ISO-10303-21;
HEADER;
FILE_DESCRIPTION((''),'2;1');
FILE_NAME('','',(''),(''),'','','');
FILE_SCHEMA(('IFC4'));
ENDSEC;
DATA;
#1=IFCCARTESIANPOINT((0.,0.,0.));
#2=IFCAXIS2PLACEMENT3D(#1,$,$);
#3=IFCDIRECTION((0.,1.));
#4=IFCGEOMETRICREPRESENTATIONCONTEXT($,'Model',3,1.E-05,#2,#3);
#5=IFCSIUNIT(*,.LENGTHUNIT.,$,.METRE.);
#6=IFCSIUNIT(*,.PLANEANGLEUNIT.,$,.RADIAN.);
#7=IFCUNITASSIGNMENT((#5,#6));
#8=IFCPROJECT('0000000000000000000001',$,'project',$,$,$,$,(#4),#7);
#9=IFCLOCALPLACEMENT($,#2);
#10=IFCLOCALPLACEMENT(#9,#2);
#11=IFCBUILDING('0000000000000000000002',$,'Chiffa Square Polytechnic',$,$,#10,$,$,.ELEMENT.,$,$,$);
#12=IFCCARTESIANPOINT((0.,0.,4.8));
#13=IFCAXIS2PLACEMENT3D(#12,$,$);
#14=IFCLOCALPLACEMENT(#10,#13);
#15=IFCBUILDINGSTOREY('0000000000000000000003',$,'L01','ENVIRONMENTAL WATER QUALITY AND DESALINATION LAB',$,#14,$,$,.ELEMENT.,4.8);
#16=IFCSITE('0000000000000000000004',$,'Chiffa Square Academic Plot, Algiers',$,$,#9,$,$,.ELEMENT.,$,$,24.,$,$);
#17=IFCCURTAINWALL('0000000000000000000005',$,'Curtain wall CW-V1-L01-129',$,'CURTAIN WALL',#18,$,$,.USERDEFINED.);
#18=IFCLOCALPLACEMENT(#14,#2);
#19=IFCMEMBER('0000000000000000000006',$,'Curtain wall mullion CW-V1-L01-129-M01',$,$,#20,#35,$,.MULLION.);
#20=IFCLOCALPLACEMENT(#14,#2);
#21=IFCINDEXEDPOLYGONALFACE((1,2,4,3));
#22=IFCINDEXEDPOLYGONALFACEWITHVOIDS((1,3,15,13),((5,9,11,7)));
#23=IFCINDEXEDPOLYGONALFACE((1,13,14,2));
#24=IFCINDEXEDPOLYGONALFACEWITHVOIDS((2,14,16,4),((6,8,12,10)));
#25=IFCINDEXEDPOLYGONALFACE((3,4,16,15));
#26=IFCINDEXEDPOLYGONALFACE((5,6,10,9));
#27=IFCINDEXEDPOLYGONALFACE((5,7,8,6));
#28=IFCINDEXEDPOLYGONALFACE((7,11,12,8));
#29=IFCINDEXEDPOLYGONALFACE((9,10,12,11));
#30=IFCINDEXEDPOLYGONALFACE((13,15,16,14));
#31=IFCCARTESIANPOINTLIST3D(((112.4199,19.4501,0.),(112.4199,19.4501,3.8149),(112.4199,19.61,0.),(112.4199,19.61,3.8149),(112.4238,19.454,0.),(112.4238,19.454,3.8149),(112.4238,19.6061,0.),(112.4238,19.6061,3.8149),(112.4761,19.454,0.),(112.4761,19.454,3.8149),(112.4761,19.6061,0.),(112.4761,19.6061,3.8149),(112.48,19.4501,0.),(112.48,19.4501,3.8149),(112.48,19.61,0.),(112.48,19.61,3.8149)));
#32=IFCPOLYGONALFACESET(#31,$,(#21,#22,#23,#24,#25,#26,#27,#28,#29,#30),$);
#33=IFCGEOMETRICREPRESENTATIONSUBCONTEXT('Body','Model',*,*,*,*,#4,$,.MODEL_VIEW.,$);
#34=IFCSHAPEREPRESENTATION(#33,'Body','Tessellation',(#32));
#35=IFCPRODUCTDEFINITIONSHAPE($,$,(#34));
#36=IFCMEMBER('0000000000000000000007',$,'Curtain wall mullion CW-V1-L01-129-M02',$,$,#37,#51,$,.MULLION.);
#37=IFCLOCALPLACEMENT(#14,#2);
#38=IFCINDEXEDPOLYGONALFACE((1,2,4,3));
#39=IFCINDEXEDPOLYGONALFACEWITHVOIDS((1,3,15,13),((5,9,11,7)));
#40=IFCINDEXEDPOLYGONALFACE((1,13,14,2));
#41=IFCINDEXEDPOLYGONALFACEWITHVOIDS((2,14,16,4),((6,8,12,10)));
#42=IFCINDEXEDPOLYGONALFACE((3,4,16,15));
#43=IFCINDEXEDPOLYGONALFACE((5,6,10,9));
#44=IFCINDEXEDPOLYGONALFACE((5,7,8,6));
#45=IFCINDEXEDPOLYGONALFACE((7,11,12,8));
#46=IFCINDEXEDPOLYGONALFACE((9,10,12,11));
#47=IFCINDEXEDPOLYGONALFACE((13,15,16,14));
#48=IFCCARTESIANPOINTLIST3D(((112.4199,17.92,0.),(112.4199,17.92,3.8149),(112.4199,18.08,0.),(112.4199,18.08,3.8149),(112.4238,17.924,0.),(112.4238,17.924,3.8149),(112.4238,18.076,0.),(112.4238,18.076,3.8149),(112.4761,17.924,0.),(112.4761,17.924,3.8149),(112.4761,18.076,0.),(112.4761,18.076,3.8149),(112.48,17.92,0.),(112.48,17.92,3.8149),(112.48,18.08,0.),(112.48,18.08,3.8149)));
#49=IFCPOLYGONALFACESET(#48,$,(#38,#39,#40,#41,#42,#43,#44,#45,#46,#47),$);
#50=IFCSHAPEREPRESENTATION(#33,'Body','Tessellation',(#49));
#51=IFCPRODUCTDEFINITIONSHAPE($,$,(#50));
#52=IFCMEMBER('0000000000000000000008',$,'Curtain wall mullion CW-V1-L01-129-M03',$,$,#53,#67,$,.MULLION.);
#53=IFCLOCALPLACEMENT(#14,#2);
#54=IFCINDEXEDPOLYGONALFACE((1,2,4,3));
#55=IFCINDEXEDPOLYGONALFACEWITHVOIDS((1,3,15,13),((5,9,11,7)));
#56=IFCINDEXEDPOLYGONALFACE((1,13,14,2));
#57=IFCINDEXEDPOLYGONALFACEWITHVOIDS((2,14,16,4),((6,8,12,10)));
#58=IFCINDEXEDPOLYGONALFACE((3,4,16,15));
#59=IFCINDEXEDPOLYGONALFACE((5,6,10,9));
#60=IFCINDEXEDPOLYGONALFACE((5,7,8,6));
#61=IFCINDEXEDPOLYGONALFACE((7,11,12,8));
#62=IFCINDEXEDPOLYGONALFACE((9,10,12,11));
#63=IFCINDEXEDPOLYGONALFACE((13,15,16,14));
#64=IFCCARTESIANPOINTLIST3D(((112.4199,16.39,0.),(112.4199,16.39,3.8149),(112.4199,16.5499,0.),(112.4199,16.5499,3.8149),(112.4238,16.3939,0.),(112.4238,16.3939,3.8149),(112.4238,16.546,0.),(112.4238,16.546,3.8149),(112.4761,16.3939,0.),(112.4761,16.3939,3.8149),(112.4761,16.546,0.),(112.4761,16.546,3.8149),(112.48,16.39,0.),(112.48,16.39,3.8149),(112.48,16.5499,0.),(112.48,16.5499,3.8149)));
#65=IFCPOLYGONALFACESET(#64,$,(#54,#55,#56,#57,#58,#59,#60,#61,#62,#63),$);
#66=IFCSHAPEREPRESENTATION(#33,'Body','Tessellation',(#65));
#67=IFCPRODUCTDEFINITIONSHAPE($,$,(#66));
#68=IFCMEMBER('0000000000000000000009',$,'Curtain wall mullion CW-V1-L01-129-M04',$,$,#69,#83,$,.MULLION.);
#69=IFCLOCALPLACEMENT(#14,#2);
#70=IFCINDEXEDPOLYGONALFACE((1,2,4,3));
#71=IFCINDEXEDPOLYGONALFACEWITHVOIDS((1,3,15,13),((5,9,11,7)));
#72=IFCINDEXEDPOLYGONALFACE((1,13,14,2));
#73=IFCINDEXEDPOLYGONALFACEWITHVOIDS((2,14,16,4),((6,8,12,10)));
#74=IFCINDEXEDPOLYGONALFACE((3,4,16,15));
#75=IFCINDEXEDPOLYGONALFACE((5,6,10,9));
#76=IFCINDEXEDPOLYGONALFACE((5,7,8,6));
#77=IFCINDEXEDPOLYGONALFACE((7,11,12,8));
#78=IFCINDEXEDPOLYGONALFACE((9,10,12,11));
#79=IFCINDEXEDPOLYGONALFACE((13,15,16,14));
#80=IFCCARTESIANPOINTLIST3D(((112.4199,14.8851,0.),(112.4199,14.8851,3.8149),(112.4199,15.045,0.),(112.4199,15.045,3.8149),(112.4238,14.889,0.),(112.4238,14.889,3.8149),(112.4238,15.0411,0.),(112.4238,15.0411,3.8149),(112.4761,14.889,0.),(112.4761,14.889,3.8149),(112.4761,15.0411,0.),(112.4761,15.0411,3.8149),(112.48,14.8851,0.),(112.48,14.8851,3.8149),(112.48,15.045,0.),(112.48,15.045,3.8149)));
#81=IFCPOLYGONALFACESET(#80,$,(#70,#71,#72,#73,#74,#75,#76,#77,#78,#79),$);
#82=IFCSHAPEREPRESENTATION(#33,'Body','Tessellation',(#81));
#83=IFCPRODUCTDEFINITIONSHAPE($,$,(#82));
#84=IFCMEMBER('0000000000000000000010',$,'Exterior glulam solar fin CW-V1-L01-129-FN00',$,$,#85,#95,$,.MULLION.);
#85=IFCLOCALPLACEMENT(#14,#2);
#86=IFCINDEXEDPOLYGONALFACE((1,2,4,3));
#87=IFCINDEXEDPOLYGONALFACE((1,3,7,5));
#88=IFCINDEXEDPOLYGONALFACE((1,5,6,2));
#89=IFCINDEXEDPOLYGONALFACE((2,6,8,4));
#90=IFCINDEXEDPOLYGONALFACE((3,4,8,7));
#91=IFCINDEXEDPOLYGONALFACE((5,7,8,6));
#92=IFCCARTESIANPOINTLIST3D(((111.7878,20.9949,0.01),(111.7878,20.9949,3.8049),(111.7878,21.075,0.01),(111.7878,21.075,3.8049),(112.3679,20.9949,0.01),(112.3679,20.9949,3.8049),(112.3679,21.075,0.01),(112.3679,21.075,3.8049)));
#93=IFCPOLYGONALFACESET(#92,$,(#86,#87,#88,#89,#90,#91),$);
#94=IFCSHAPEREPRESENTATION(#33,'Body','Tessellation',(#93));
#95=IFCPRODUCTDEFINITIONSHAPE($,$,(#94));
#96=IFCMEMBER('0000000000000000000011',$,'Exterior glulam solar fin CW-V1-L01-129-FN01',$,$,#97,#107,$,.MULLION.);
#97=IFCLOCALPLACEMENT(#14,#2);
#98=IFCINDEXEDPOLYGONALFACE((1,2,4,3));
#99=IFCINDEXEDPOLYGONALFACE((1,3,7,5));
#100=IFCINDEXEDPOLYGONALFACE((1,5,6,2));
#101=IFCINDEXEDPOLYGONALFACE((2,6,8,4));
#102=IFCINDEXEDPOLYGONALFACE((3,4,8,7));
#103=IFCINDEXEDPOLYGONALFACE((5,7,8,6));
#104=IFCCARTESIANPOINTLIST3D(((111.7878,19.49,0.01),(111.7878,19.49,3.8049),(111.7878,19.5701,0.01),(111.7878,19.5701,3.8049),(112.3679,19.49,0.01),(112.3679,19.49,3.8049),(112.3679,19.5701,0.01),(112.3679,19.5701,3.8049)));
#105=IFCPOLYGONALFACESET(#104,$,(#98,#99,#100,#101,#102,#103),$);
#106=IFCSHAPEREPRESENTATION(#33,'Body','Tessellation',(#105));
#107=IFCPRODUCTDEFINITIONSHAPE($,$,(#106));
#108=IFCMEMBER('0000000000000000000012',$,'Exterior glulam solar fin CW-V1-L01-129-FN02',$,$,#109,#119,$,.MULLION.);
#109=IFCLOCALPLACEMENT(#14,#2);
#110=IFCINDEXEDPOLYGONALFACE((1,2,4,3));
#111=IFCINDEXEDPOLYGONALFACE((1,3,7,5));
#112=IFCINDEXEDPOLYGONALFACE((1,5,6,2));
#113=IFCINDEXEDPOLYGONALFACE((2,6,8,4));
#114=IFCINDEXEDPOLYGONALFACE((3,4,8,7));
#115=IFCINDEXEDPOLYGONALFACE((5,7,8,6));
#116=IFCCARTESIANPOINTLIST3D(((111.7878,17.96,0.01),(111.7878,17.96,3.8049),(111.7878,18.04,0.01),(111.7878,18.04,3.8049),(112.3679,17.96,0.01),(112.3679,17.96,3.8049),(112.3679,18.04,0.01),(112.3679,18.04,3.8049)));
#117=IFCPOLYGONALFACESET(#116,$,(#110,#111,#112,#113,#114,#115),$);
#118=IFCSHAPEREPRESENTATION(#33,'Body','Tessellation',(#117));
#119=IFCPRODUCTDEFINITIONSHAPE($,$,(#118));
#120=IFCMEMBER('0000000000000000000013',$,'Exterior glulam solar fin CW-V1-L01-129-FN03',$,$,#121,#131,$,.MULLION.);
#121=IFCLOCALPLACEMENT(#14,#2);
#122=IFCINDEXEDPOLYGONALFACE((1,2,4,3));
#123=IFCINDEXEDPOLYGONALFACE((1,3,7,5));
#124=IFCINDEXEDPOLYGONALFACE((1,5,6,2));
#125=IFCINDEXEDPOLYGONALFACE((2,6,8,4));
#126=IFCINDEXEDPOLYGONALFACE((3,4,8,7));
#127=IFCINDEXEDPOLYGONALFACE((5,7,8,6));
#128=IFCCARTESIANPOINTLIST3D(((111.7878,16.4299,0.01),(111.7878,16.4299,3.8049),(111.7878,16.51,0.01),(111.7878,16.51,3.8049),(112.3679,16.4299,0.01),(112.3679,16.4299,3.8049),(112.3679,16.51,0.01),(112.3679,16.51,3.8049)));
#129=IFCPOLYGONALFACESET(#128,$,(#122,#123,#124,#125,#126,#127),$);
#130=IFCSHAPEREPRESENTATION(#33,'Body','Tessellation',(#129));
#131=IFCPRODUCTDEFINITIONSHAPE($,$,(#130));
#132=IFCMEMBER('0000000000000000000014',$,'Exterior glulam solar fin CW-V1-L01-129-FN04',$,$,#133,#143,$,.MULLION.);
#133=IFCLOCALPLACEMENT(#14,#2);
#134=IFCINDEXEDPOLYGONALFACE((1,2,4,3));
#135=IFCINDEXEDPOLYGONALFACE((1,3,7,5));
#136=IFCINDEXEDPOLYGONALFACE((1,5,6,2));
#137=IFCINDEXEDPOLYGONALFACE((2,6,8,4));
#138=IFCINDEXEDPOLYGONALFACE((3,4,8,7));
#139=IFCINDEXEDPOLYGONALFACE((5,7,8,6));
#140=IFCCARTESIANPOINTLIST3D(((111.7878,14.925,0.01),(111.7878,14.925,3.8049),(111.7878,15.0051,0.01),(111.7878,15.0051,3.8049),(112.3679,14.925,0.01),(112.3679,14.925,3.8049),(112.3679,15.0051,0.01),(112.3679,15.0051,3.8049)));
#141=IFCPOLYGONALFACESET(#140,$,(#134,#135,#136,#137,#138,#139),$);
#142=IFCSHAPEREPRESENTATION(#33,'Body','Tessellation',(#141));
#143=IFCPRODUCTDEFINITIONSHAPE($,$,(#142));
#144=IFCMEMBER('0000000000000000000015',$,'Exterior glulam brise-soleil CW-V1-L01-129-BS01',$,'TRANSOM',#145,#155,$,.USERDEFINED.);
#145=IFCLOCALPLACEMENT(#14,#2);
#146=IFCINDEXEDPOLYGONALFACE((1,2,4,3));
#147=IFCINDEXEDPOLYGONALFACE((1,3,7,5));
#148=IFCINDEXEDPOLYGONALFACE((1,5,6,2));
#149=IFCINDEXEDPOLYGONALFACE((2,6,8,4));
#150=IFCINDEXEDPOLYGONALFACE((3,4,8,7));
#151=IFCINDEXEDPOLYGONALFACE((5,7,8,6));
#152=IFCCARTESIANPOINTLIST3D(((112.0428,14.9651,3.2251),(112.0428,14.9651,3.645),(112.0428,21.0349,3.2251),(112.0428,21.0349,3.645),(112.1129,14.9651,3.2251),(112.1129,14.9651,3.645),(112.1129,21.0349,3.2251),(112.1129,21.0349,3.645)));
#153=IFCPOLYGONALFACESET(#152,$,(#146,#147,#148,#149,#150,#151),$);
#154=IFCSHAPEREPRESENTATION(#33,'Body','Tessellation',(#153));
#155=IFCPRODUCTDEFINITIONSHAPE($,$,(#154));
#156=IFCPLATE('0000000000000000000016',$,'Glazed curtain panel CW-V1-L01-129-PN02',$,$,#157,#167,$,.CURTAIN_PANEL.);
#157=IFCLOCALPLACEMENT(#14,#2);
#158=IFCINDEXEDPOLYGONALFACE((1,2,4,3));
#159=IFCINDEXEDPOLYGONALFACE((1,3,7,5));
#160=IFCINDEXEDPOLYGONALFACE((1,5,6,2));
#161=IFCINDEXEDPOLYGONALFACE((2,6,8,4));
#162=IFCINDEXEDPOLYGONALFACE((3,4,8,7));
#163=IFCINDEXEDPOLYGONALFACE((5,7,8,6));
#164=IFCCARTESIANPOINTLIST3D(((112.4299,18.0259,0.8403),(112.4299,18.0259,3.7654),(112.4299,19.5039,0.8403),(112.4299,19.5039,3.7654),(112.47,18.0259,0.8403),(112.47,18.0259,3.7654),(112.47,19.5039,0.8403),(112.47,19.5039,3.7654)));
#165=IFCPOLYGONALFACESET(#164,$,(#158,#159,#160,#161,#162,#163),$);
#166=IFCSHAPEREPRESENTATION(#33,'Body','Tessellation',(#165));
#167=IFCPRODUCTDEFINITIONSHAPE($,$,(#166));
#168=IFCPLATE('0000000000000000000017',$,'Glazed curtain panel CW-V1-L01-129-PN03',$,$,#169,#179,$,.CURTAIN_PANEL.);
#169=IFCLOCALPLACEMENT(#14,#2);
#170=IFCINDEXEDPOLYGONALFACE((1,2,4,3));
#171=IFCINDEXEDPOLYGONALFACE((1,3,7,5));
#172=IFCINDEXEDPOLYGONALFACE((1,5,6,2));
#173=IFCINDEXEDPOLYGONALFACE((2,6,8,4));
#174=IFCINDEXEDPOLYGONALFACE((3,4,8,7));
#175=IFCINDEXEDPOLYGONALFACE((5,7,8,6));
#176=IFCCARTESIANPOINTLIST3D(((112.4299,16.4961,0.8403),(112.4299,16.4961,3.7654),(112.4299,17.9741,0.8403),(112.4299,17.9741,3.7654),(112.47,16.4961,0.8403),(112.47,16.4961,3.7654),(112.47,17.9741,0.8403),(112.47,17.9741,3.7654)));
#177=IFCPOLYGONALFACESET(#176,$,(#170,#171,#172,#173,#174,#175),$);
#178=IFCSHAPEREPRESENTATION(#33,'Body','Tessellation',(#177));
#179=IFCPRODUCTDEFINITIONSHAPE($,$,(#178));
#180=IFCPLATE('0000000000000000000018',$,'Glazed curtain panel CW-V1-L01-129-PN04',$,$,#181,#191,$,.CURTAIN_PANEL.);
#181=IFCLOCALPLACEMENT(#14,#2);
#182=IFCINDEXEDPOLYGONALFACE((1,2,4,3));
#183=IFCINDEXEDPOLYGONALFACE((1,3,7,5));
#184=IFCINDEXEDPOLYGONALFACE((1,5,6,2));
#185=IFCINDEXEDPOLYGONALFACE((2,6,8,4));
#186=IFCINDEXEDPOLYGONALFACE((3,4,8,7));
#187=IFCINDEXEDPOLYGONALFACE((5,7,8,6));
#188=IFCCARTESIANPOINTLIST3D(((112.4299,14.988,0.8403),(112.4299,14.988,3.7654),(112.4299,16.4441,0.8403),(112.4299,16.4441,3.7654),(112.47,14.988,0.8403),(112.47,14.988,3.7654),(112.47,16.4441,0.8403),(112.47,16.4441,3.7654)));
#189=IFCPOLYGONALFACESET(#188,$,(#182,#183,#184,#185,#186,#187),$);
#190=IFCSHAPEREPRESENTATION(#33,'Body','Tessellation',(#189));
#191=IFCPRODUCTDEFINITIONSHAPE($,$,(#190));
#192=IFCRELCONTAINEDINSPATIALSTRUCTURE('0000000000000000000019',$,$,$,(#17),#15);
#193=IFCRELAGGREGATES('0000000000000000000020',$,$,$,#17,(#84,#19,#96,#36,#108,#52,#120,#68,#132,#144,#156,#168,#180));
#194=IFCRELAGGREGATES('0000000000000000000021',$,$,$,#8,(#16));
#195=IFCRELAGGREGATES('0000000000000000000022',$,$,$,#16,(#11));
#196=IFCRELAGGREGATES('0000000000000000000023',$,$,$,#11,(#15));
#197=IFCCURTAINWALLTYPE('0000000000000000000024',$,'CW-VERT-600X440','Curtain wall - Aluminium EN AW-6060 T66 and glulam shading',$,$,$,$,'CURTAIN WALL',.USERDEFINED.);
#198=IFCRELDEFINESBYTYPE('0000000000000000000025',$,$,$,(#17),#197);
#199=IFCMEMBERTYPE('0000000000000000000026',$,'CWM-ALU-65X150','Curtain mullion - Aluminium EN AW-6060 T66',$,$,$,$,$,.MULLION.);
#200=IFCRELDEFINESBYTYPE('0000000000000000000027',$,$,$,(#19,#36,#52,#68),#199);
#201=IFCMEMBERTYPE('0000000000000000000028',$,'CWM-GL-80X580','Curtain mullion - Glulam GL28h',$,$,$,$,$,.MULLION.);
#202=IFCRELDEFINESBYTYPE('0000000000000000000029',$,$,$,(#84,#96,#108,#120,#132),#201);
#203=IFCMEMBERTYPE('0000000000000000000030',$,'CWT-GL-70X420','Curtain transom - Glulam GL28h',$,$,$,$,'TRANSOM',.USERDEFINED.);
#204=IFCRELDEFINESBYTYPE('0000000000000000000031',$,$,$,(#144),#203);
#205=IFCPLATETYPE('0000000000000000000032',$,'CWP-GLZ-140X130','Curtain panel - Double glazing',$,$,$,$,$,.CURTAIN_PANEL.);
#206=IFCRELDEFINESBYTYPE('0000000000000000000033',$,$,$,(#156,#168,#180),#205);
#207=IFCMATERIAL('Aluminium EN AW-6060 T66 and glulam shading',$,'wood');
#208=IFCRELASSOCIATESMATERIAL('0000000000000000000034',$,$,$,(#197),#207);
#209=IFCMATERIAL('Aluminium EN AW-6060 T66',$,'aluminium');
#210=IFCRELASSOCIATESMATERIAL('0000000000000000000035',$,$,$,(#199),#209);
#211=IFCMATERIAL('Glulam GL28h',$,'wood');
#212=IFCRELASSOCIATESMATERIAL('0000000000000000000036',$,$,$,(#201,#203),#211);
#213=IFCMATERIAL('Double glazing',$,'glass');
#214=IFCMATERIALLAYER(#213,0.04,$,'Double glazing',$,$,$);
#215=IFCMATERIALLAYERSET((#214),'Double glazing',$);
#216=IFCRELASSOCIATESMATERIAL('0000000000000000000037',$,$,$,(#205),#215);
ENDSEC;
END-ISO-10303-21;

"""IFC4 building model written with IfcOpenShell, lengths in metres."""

from ifc_helpers import new_model, si_unit, direction, frame, origin, origin_2d, place, context, subcontext, project, spatial, rectangle, hollow_rectangle, extrude, material, layer, layer_set, material_profile, profile_set, type_object, element, aggregate, save


model = new_model("IFC4")

# Units and contexts
model_context = context("Model", 3, precision=1e-05, world=origin(), true_north=direction((0.0, 1.0)))
body_context = subcontext(model_context, "Body", "Model", "MODEL_VIEW")
ifc_project = project(units=[si_unit("LENGTHUNIT", "METRE"), si_unit("PLANEANGLEUNIT", "RADIAN")], contexts=[model_context])

# Site, building, storey
site_placement = place(None, origin())
site = spatial("IfcSite", under=ifc_project, at=site_placement, Name="Chiffa Square Academic Plot, Algiers", CompositionType="ELEMENT", RefElevation=24.0)
building_placement = place(site_placement, origin())
building = spatial("IfcBuilding", under=site, at=building_placement, Name="Chiffa Square Polytechnic", CompositionType="ELEMENT")
storey_placement = place(building_placement, frame((0.0, 0.0, 4.8)))
storey = spatial("IfcBuildingStorey", under=building, at=storey_placement, Name="L01", Description="ENVIRONMENTAL WATER QUALITY AND DESALINATION LAB", CompositionType="ELEMENT", Elevation=4.8)

# Curtain wall, members, plates
ifc_material_1 = material(Name="Aluminium EN AW-6060 T66 and glulam shading", Category="wood")
curtain_wall_type = type_object("IfcCurtainWallType", Name="CW-VERT-600X440", Description="Curtain wall - Aluminium EN AW-6060 T66 and glulam shading", ElementType="CURTAIN WALL", PredefinedType="USERDEFINED", material=ifc_material_1)
curtain_wall_placement = place(storey_placement, origin())
curtain_wall = element("IfcCurtainWall", 1, at=curtain_wall_placement, inside=storey, type_object=curtain_wall_type, Name="Curtain wall CW-V1-L01-129", ObjectType="CURTAIN WALL", PredefinedType="USERDEFINED")
ifc_material_2 = material(Name="Aluminium EN AW-6060 T66", Category="aluminium")
ifc_material_profile_1 = material_profile(ifc_material_2, hollow_rectangle(XDim=0.0601, YDim=0.1599, WallThickness=0.0039, at=origin_2d()), Name="ALU 60x160x4")
ifc_profile_set_1 = profile_set([ifc_material_profile_1], Name="Aluminium EN AW-6060 T66")
member_type_1 = type_object("IfcMemberType", Name="CWM-ALU-65X150", Description="Curtain mullion - Aluminium EN AW-6060 T66", PredefinedType="MULLION", material=ifc_profile_set_1)
member_1_placement = place(storey_placement, frame((112.45, 19.53, 0.0), z_axis=(0.0, 0.0, 1.0), x_axis=(1.0, 0.0, 0.0)))
member_1 = element("IfcMember", 2, at=member_1_placement, type_object=member_type_1, Name="Curtain wall mullion CW-V1-L01-129-M01", PredefinedType="MULLION", context=body_context, shape_type="SweptSolid", body=[
    extrude(hollow_rectangle(XDim=0.0601, YDim=0.1599, WallThickness=0.0039, at=origin_2d()), origin(), (0.0, 0.0, 1.0), 3.8149),
])
member_2_placement = place(storey_placement, frame((112.45, 18.0, 0.0), z_axis=(0.0, 0.0, 1.0), x_axis=(1.0, 0.0, 0.0)))
member_2 = element("IfcMember", 3, at=member_2_placement, type_object=member_type_1, Name="Curtain wall mullion CW-V1-L01-129-M02", PredefinedType="MULLION", context=body_context, shape_type="SweptSolid", body=[
    extrude(hollow_rectangle(XDim=0.0601, YDim=0.1599, WallThickness=0.0039, at=origin_2d()), origin(), (0.0, 0.0, 1.0), 3.8149),
])
member_3_placement = place(storey_placement, frame((112.45, 16.47, 0.0), z_axis=(0.0, 0.0, 1.0), x_axis=(1.0, 0.0, 0.0)))
member_3 = element("IfcMember", 4, at=member_3_placement, type_object=member_type_1, Name="Curtain wall mullion CW-V1-L01-129-M03", PredefinedType="MULLION", context=body_context, shape_type="SweptSolid", body=[
    extrude(hollow_rectangle(XDim=0.0601, YDim=0.1599, WallThickness=0.0039, at=origin_2d()), origin(), (0.0, 0.0, 1.0), 3.8149),
])
member_4_placement = place(storey_placement, frame((112.45, 14.9651, 0.0), z_axis=(0.0, 0.0, 1.0), x_axis=(1.0, 0.0, 0.0)))
member_4 = element("IfcMember", 5, at=member_4_placement, type_object=member_type_1, Name="Curtain wall mullion CW-V1-L01-129-M04", PredefinedType="MULLION", context=body_context, shape_type="SweptSolid", body=[
    extrude(hollow_rectangle(XDim=0.0601, YDim=0.1599, WallThickness=0.0039, at=origin_2d()), origin(), (0.0, 0.0, 1.0), 3.8149),
])
ifc_material_3 = material(Name="Glulam GL28h", Category="wood")
ifc_material_profile_2 = material_profile(ifc_material_3, rectangle(XDim=0.0801, YDim=0.5801, at=origin_2d()), Name="GL28h 80x580")
ifc_profile_set_2 = profile_set([ifc_material_profile_2], Name="Glulam GL28h")
member_type_2 = type_object("IfcMemberType", Name="CWM-GL-80X580", Description="Curtain mullion - Glulam GL28h", PredefinedType="MULLION", material=ifc_profile_set_2)
member_5_placement = place(storey_placement, frame((112.0779, 21.0349, 0.01), z_axis=(0.0, 0.0, 1.0), x_axis=(0.0, -1.0, 0.0)))
member_5 = element("IfcMember", 6, at=member_5_placement, type_object=member_type_2, Name="Exterior glulam solar fin CW-V1-L01-129-FN00", PredefinedType="MULLION", context=body_context, shape_type="SweptSolid", body=[
    extrude(rectangle(XDim=0.0801, YDim=0.5801, at=origin_2d()), origin(), (0.0, 0.0, 1.0), 3.7949),
])
member_6_placement = place(storey_placement, frame((112.0779, 19.53, 0.01), z_axis=(0.0, 0.0, 1.0), x_axis=(0.0, -1.0, 0.0)))
member_6 = element("IfcMember", 7, at=member_6_placement, type_object=member_type_2, Name="Exterior glulam solar fin CW-V1-L01-129-FN01", PredefinedType="MULLION", context=body_context, shape_type="SweptSolid", body=[
    extrude(rectangle(XDim=0.0801, YDim=0.5801, at=origin_2d()), origin(), (0.0, 0.0, 1.0), 3.7949),
])
member_7_placement = place(storey_placement, frame((112.0779, 18.0, 0.01), z_axis=(0.0, 0.0, 1.0), x_axis=(0.0, -1.0, 0.0)))
member_7 = element("IfcMember", 8, at=member_7_placement, type_object=member_type_2, Name="Exterior glulam solar fin CW-V1-L01-129-FN02", PredefinedType="MULLION", context=body_context, shape_type="SweptSolid", body=[
    extrude(rectangle(XDim=0.0801, YDim=0.5801, at=origin_2d()), origin(), (0.0, 0.0, 1.0), 3.7949),
])
member_8_placement = place(storey_placement, frame((112.0779, 16.47, 0.01), z_axis=(0.0, 0.0, 1.0), x_axis=(0.0, -1.0, 0.0)))
member_8 = element("IfcMember", 9, at=member_8_placement, type_object=member_type_2, Name="Exterior glulam solar fin CW-V1-L01-129-FN03", PredefinedType="MULLION", context=body_context, shape_type="SweptSolid", body=[
    extrude(rectangle(XDim=0.0801, YDim=0.5801, at=origin_2d()), origin(), (0.0, 0.0, 1.0), 3.7949),
])
member_9_placement = place(storey_placement, frame((112.0779, 14.9651, 0.01), z_axis=(0.0, 0.0, 1.0), x_axis=(0.0, -1.0, 0.0)))
member_9 = element("IfcMember", 10, at=member_9_placement, type_object=member_type_2, Name="Exterior glulam solar fin CW-V1-L01-129-FN04", PredefinedType="MULLION", context=body_context, shape_type="SweptSolid", body=[
    extrude(rectangle(XDim=0.0801, YDim=0.5801, at=origin_2d()), origin(), (0.0, 0.0, 1.0), 3.7949),
])
ifc_material_profile_3 = material_profile(ifc_material_3, rectangle(XDim=0.0701, YDim=0.4199, at=origin_2d()), Name="GL28h 70x420")
ifc_profile_set_3 = profile_set([ifc_material_profile_3], Name="Glulam GL28h")
member_type_3 = type_object("IfcMemberType", Name="CWT-GL-70X420", Description="Curtain transom - Glulam GL28h", ElementType="TRANSOM", PredefinedType="USERDEFINED", material=ifc_profile_set_3)
member_10_placement = place(storey_placement, frame((112.0779, 21.0349, 3.4351), z_axis=(0.0, -1.0, 0.0), x_axis=(1.0, 0.0, 0.0)))
member_10 = element("IfcMember", 11, at=member_10_placement, type_object=member_type_3, Name="Exterior glulam brise-soleil CW-V1-L01-129-BS01", ObjectType="TRANSOM", PredefinedType="USERDEFINED", context=body_context, shape_type="SweptSolid", body=[
    extrude(rectangle(XDim=0.0701, YDim=0.4199, at=origin_2d()), origin(), (0.0, 0.0, 1.0), 6.0698),
])
ifc_material_4 = material(Name="Double glazing", Category="glass")
ifc_layer_1 = layer(ifc_material_4, 0.04, Name="Double glazing")
ifc_layer_set_1 = layer_set([ifc_layer_1], Name="Double glazing")
plate_type_1 = type_object("IfcPlateType", Name="CWP-GLZ-140X130", Description="Curtain panel - Double glazing", PredefinedType="CURTAIN_PANEL", material=ifc_layer_set_1)
plate_1_placement = place(storey_placement, frame((112.45, 18.7649, 0.8403), z_axis=(0.0, 0.0, 1.0), x_axis=(0.0, -1.0, 0.0)))
plate_1 = element("IfcPlate", 12, at=plate_1_placement, type_object=plate_type_1, Name="Glazed curtain panel CW-V1-L01-129-PN02", PredefinedType="CURTAIN_PANEL", context=body_context, shape_type="SweptSolid", body=[
    extrude(rectangle(XDim=1.478, YDim=0.04, at=origin_2d()), origin(), (0.0, 0.0, 1.0), 2.925),
])
plate_2_placement = place(storey_placement, frame((112.45, 17.2351, 0.8403), z_axis=(0.0, 0.0, 1.0), x_axis=(0.0, -1.0, 0.0)))
plate_2 = element("IfcPlate", 13, at=plate_2_placement, type_object=plate_type_1, Name="Glazed curtain panel CW-V1-L01-129-PN03", PredefinedType="CURTAIN_PANEL", context=body_context, shape_type="SweptSolid", body=[
    extrude(rectangle(XDim=1.478, YDim=0.04, at=origin_2d()), origin(), (0.0, 0.0, 1.0), 2.925),
])
plate_3_placement = place(storey_placement, frame((112.45, 15.7161, 0.8403), z_axis=(0.0, 0.0, 1.0), x_axis=(0.0, -1.0, 0.0)))
plate_3 = element("IfcPlate", 14, at=plate_3_placement, type_object=plate_type_1, Name="Glazed curtain panel CW-V1-L01-129-PN04", PredefinedType="CURTAIN_PANEL", context=body_context, shape_type="SweptSolid", body=[
    extrude(rectangle(XDim=1.4561, YDim=0.04, at=origin_2d()), origin(), (0.0, 0.0, 1.0), 2.925),
])
aggregate(curtain_wall, [member_5, member_1, member_6, member_2, member_7, member_3, member_8, member_4, member_9, member_10, plate_1, plate_2, plate_3])

save(model, "model.ifc")
